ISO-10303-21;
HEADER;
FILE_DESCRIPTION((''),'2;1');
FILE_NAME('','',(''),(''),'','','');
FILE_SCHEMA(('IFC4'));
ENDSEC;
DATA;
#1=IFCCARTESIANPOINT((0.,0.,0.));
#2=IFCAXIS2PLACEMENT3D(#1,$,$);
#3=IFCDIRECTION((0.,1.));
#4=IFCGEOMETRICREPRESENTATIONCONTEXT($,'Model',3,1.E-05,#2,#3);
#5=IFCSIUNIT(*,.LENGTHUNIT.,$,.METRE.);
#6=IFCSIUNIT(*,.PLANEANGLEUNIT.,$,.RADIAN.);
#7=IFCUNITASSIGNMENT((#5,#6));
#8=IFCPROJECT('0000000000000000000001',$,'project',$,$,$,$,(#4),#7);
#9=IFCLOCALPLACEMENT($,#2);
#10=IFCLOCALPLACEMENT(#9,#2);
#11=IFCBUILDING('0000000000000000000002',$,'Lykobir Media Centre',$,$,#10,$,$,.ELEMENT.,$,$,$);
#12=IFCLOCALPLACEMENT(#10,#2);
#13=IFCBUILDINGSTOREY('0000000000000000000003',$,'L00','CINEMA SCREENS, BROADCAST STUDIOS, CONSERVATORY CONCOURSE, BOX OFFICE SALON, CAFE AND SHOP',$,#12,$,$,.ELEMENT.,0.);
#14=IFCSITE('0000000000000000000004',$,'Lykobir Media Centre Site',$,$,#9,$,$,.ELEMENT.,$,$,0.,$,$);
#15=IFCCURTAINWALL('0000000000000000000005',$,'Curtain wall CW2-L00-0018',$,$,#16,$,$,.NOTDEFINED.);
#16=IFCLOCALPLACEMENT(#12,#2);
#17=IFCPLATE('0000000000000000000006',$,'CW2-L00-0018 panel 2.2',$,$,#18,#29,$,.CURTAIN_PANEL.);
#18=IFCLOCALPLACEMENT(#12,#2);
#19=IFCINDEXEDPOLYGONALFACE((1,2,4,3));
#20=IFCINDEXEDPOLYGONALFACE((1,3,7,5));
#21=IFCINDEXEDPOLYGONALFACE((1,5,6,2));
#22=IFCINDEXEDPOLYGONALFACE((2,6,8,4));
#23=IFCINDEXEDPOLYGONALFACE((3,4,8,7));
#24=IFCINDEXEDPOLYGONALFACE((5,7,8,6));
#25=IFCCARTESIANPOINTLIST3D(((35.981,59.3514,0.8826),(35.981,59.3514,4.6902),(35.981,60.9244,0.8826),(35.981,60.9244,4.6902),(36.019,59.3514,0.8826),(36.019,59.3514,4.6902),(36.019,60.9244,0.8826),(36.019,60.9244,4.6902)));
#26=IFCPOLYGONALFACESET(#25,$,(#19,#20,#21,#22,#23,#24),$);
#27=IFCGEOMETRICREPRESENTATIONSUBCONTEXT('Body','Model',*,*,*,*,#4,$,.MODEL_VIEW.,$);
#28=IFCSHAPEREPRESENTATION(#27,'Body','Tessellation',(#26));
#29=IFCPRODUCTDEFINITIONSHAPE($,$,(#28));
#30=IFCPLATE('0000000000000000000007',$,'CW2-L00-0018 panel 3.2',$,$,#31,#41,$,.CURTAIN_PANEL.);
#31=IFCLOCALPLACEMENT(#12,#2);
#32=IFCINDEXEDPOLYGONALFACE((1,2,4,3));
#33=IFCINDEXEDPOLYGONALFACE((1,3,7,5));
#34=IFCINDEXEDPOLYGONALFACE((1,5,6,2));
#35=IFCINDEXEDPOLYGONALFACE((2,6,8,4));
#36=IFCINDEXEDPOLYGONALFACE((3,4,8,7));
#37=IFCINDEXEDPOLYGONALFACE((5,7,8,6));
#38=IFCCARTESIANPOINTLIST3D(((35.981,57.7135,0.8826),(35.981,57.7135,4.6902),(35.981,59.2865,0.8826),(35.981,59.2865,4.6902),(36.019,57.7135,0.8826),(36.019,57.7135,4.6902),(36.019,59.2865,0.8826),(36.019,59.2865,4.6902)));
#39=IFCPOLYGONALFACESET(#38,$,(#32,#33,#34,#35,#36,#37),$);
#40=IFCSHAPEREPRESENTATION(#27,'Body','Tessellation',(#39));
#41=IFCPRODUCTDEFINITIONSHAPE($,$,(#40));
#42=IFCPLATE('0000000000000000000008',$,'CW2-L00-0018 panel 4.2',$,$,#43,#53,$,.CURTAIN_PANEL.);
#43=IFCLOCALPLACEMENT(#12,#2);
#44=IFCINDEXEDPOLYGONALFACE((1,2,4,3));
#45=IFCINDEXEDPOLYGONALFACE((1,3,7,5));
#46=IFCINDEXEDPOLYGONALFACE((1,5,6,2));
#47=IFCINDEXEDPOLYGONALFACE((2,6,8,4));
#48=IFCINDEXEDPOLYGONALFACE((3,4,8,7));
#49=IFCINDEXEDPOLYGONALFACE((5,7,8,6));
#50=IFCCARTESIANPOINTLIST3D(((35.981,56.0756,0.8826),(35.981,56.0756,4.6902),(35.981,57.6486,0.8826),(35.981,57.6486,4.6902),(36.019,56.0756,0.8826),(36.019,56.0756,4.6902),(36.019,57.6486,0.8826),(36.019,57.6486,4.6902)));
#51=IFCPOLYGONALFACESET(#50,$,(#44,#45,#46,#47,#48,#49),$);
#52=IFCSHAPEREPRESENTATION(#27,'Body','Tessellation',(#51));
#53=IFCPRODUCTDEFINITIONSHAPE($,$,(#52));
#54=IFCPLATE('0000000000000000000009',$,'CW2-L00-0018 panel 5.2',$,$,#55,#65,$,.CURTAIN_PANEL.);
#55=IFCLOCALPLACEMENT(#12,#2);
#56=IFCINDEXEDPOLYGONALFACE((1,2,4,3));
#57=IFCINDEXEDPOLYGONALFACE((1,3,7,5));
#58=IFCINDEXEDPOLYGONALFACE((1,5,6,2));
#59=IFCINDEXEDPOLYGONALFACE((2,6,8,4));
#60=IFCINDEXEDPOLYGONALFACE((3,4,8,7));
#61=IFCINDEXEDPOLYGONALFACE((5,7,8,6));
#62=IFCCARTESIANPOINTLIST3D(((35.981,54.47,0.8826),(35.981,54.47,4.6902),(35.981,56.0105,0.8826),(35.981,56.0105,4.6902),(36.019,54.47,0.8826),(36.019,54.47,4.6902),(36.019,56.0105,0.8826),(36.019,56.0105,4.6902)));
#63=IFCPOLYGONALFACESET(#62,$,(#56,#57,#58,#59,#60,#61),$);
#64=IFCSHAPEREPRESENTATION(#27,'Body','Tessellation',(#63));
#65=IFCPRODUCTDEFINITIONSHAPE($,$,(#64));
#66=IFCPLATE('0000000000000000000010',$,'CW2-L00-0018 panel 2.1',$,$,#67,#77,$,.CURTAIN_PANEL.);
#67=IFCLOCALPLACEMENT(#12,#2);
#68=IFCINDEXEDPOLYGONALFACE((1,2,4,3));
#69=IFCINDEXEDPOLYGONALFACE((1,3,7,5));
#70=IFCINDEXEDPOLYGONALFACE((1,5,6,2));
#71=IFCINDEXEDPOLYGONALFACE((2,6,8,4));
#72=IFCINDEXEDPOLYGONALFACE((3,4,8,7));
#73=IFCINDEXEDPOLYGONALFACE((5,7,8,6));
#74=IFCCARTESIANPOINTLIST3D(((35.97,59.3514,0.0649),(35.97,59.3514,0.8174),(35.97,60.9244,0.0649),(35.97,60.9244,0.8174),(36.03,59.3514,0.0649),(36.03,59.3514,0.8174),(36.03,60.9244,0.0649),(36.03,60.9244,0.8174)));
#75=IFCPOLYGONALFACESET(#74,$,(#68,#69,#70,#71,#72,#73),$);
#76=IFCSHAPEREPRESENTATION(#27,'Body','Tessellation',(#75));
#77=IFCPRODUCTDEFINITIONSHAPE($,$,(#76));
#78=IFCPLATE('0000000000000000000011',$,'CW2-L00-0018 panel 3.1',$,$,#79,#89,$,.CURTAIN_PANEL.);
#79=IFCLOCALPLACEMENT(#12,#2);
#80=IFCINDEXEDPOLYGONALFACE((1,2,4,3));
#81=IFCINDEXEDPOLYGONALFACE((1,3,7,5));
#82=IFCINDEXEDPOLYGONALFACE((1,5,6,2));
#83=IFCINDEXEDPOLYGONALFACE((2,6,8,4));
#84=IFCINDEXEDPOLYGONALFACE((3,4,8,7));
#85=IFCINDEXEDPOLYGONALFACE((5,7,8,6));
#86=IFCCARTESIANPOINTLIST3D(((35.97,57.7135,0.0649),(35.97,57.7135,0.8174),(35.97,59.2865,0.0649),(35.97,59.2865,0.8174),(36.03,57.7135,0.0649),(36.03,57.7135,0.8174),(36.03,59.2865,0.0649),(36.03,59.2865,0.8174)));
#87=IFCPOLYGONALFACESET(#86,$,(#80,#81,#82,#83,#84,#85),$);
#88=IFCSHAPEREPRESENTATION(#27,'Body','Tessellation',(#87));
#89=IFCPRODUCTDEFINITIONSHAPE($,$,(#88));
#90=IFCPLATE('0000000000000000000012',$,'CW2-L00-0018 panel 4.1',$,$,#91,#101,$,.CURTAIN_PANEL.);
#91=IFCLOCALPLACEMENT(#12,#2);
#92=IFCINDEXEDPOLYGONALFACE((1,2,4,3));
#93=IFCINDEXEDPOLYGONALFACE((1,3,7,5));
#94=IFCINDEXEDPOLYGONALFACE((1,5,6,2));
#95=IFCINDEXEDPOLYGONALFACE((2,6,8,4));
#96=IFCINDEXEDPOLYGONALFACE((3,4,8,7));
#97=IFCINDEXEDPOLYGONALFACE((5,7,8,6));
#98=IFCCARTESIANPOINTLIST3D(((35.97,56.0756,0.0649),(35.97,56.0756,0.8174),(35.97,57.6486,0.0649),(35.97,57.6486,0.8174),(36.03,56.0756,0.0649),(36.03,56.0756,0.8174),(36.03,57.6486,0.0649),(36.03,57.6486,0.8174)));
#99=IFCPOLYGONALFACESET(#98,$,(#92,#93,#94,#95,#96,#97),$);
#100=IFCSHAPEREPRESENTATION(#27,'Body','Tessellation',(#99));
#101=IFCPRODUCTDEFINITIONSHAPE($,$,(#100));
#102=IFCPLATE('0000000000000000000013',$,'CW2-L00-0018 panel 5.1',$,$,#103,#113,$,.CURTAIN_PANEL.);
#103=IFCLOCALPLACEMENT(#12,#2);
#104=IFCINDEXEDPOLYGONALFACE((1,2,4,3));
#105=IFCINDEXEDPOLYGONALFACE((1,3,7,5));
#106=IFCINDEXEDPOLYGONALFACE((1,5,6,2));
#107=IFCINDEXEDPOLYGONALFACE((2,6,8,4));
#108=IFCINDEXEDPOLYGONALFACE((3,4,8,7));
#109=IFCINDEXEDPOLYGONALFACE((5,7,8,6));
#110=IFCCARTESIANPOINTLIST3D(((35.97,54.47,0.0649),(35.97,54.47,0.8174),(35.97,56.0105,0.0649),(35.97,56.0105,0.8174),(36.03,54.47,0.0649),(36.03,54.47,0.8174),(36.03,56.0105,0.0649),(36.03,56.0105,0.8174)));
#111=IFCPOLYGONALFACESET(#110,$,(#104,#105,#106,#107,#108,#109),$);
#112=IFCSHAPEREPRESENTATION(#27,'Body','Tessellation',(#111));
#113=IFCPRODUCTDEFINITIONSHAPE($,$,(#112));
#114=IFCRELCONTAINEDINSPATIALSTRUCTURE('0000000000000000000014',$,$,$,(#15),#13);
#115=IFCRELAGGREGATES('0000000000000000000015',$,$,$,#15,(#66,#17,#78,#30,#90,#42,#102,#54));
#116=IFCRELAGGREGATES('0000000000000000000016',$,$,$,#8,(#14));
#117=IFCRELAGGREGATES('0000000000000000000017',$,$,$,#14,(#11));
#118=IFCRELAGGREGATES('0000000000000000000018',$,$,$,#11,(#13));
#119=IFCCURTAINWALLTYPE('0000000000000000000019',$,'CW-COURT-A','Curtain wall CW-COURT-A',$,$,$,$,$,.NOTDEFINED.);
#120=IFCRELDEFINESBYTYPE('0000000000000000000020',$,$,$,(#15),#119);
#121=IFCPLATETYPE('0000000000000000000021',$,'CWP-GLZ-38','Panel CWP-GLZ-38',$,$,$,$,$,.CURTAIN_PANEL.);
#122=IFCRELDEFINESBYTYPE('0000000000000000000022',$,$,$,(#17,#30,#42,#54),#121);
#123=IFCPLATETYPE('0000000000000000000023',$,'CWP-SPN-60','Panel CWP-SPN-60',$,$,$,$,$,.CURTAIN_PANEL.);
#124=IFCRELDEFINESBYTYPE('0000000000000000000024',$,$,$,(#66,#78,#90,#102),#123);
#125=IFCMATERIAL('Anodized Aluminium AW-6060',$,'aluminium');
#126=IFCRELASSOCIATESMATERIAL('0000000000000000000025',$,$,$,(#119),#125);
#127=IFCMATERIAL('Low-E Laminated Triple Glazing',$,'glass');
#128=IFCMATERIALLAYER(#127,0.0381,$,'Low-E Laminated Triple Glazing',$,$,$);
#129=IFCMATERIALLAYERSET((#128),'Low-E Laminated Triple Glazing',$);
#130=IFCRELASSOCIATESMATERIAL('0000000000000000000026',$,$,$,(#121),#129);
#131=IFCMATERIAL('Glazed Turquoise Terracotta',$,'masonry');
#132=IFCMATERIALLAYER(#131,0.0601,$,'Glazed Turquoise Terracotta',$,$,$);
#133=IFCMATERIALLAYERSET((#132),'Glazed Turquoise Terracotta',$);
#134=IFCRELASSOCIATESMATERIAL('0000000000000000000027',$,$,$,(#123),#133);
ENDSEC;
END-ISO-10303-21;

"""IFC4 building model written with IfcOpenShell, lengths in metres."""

from ifc_helpers import new_model, si_unit, direction, frame, origin, origin_2d, place, context, subcontext, project, spatial, rectangle, extrude, material, layer, layer_set, type_object, element, aggregate, save


model = new_model("IFC4")

# Units and contexts
model_context = context("Model", 3, precision=1e-05, world=origin(), true_north=direction((0.0, 1.0)))
body_context = subcontext(model_context, "Body", "Model", "MODEL_VIEW")
ifc_project = project(units=[si_unit("LENGTHUNIT", "METRE"), si_unit("PLANEANGLEUNIT", "RADIAN")], contexts=[model_context])

# Site, building, storey
site_placement = place(None, origin())
site = spatial("IfcSite", under=ifc_project, at=site_placement, Name="Lykobir Media Centre Site", CompositionType="ELEMENT", RefElevation=0.0)
building_placement = place(site_placement, origin())
building = spatial("IfcBuilding", under=site, at=building_placement, Name="Lykobir Media Centre", CompositionType="ELEMENT")
storey_placement = place(building_placement, origin())
storey = spatial("IfcBuildingStorey", under=building, at=storey_placement, Name="L00", Description="CINEMA SCREENS, BROADCAST STUDIOS, CONSERVATORY CONCOURSE, BOX OFFICE SALON, CAFE AND SHOP", CompositionType="ELEMENT", Elevation=0.0)

# Shared definitions
ifc_material_1 = material(Name="Anodized Aluminium AW-6060", Category="aluminium")
curtain_wall_type = type_object("IfcCurtainWallType", Name="CW-COURT-A", Description="Curtain wall CW-COURT-A", PredefinedType="NOTDEFINED", material=ifc_material_1)

# Curtain wall
curtain_wall_1_placement = place(storey_placement, origin())
curtain_wall_1 = element("IfcCurtainWall", 1, at=curtain_wall_1_placement, inside=storey, type_object=curtain_wall_type, Name="Curtain wall CW2-L00-0018", PredefinedType="NOTDEFINED")

# Plates
ifc_material_2 = material(Name="Low-E Laminated Triple Glazing", Category="glass")
ifc_layer_1 = layer(ifc_material_2, 0.0381, Name="Low-E Laminated Triple Glazing")
ifc_layer_set_1 = layer_set([ifc_layer_1], Name="Low-E Laminated Triple Glazing")
plate_type_1 = type_object("IfcPlateType", Name="CWP-GLZ-38", Description="Panel CWP-GLZ-38", PredefinedType="CURTAIN_PANEL", material=ifc_layer_set_1)
plate_1_placement = place(storey_placement, frame((36.0, 60.1379, 0.8826), z_axis=(0.0, 0.0, 1.0), x_axis=(0.0, -1.0, 0.0)))
plate_1 = element("IfcPlate", 2, at=plate_1_placement, type_object=plate_type_1, Name="CW2-L00-0018 panel 2.2", PredefinedType="CURTAIN_PANEL", context=body_context, shape_type="SweptSolid", body=[
    extrude(rectangle(XDim=1.573, YDim=0.0381, at=origin_2d()), origin(), (0.0, 0.0, 1.0), 3.8076),
])
plate_2_placement = place(storey_placement, frame((36.0, 58.5, 0.8826), z_axis=(0.0, 0.0, 1.0), x_axis=(0.0, -1.0, 0.0)))
plate_2 = element("IfcPlate", 3, at=plate_2_placement, type_object=plate_type_1, Name="CW2-L00-0018 panel 3.2", PredefinedType="CURTAIN_PANEL", context=body_context, shape_type="SweptSolid", body=[
    extrude(rectangle(XDim=1.573, YDim=0.0381, at=origin_2d()), origin(), (0.0, 0.0, 1.0), 3.8076),
])
plate_3_placement = place(storey_placement, frame((36.0, 56.8621, 0.8826), z_axis=(0.0, 0.0, 1.0), x_axis=(0.0, -1.0, 0.0)))
plate_3 = element("IfcPlate", 4, at=plate_3_placement, type_object=plate_type_1, Name="CW2-L00-0018 panel 4.2", PredefinedType="CURTAIN_PANEL", context=body_context, shape_type="SweptSolid", body=[
    extrude(rectangle(XDim=1.573, YDim=0.0381, at=origin_2d()), origin(), (0.0, 0.0, 1.0), 3.8076),
])
plate_4_placement = place(storey_placement, frame((36.0, 55.2402, 0.8826), z_axis=(0.0, 0.0, 1.0), x_axis=(0.0, -1.0, 0.0)))
plate_4 = element("IfcPlate", 5, at=plate_4_placement, type_object=plate_type_1, Name="CW2-L00-0018 panel 5.2", PredefinedType="CURTAIN_PANEL", context=body_context, shape_type="SweptSolid", body=[
    extrude(rectangle(XDim=1.5405, YDim=0.0381, at=origin_2d()), origin(), (0.0, 0.0, 1.0), 3.8076),
])
ifc_material_3 = material(Name="Glazed Turquoise Terracotta", Category="masonry")
ifc_layer_2 = layer(ifc_material_3, 0.0601, Name="Glazed Turquoise Terracotta")
ifc_layer_set_2 = layer_set([ifc_layer_2], Name="Glazed Turquoise Terracotta")
plate_type_2 = type_object("IfcPlateType", Name="CWP-SPN-60", Description="Panel CWP-SPN-60", PredefinedType="CURTAIN_PANEL", material=ifc_layer_set_2)
plate_5_placement = place(storey_placement, frame((36.0, 60.1379, 0.0649), z_axis=(0.0, 0.0, 1.0), x_axis=(0.0, -1.0, 0.0)))
plate_5 = element("IfcPlate", 6, at=plate_5_placement, type_object=plate_type_2, Name="CW2-L00-0018 panel 2.1", PredefinedType="CURTAIN_PANEL", context=body_context, shape_type="SweptSolid", body=[
    extrude(rectangle(XDim=1.573, YDim=0.0601, at=origin_2d()), origin(), (0.0, 0.0, 1.0), 0.7524),
])
plate_6_placement = place(storey_placement, frame((36.0, 58.5, 0.0649), z_axis=(0.0, 0.0, 1.0), x_axis=(0.0, -1.0, 0.0)))
plate_6 = element("IfcPlate", 7, at=plate_6_placement, type_object=plate_type_2, Name="CW2-L00-0018 panel 3.1", PredefinedType="CURTAIN_PANEL", context=body_context, shape_type="SweptSolid", body=[
    extrude(rectangle(XDim=1.573, YDim=0.0601, at=origin_2d()), origin(), (0.0, 0.0, 1.0), 0.7524),
])
plate_7_placement = place(storey_placement, frame((36.0, 56.8621, 0.0649), z_axis=(0.0, 0.0, 1.0), x_axis=(0.0, -1.0, 0.0)))
plate_7 = element("IfcPlate", 8, at=plate_7_placement, type_object=plate_type_2, Name="CW2-L00-0018 panel 4.1", PredefinedType="CURTAIN_PANEL", context=body_context, shape_type="SweptSolid", body=[
    extrude(rectangle(XDim=1.573, YDim=0.0601, at=origin_2d()), origin(), (0.0, 0.0, 1.0), 0.7524),
])
plate_8_placement = place(storey_placement, frame((36.0, 55.2402, 0.0649), z_axis=(0.0, 0.0, 1.0), x_axis=(0.0, -1.0, 0.0)))
plate_8 = element("IfcPlate", 9, at=plate_8_placement, type_object=plate_type_2, Name="CW2-L00-0018 panel 5.1", PredefinedType="CURTAIN_PANEL", context=body_context, shape_type="SweptSolid", body=[
    extrude(rectangle(XDim=1.5405, YDim=0.0601, at=origin_2d()), origin(), (0.0, 0.0, 1.0), 0.7524),
])
aggregate(curtain_wall_1, [plate_5, plate_1, plate_6, plate_2, plate_7, plate_3, plate_8, plate_4])

save(model, "model.ifc")
